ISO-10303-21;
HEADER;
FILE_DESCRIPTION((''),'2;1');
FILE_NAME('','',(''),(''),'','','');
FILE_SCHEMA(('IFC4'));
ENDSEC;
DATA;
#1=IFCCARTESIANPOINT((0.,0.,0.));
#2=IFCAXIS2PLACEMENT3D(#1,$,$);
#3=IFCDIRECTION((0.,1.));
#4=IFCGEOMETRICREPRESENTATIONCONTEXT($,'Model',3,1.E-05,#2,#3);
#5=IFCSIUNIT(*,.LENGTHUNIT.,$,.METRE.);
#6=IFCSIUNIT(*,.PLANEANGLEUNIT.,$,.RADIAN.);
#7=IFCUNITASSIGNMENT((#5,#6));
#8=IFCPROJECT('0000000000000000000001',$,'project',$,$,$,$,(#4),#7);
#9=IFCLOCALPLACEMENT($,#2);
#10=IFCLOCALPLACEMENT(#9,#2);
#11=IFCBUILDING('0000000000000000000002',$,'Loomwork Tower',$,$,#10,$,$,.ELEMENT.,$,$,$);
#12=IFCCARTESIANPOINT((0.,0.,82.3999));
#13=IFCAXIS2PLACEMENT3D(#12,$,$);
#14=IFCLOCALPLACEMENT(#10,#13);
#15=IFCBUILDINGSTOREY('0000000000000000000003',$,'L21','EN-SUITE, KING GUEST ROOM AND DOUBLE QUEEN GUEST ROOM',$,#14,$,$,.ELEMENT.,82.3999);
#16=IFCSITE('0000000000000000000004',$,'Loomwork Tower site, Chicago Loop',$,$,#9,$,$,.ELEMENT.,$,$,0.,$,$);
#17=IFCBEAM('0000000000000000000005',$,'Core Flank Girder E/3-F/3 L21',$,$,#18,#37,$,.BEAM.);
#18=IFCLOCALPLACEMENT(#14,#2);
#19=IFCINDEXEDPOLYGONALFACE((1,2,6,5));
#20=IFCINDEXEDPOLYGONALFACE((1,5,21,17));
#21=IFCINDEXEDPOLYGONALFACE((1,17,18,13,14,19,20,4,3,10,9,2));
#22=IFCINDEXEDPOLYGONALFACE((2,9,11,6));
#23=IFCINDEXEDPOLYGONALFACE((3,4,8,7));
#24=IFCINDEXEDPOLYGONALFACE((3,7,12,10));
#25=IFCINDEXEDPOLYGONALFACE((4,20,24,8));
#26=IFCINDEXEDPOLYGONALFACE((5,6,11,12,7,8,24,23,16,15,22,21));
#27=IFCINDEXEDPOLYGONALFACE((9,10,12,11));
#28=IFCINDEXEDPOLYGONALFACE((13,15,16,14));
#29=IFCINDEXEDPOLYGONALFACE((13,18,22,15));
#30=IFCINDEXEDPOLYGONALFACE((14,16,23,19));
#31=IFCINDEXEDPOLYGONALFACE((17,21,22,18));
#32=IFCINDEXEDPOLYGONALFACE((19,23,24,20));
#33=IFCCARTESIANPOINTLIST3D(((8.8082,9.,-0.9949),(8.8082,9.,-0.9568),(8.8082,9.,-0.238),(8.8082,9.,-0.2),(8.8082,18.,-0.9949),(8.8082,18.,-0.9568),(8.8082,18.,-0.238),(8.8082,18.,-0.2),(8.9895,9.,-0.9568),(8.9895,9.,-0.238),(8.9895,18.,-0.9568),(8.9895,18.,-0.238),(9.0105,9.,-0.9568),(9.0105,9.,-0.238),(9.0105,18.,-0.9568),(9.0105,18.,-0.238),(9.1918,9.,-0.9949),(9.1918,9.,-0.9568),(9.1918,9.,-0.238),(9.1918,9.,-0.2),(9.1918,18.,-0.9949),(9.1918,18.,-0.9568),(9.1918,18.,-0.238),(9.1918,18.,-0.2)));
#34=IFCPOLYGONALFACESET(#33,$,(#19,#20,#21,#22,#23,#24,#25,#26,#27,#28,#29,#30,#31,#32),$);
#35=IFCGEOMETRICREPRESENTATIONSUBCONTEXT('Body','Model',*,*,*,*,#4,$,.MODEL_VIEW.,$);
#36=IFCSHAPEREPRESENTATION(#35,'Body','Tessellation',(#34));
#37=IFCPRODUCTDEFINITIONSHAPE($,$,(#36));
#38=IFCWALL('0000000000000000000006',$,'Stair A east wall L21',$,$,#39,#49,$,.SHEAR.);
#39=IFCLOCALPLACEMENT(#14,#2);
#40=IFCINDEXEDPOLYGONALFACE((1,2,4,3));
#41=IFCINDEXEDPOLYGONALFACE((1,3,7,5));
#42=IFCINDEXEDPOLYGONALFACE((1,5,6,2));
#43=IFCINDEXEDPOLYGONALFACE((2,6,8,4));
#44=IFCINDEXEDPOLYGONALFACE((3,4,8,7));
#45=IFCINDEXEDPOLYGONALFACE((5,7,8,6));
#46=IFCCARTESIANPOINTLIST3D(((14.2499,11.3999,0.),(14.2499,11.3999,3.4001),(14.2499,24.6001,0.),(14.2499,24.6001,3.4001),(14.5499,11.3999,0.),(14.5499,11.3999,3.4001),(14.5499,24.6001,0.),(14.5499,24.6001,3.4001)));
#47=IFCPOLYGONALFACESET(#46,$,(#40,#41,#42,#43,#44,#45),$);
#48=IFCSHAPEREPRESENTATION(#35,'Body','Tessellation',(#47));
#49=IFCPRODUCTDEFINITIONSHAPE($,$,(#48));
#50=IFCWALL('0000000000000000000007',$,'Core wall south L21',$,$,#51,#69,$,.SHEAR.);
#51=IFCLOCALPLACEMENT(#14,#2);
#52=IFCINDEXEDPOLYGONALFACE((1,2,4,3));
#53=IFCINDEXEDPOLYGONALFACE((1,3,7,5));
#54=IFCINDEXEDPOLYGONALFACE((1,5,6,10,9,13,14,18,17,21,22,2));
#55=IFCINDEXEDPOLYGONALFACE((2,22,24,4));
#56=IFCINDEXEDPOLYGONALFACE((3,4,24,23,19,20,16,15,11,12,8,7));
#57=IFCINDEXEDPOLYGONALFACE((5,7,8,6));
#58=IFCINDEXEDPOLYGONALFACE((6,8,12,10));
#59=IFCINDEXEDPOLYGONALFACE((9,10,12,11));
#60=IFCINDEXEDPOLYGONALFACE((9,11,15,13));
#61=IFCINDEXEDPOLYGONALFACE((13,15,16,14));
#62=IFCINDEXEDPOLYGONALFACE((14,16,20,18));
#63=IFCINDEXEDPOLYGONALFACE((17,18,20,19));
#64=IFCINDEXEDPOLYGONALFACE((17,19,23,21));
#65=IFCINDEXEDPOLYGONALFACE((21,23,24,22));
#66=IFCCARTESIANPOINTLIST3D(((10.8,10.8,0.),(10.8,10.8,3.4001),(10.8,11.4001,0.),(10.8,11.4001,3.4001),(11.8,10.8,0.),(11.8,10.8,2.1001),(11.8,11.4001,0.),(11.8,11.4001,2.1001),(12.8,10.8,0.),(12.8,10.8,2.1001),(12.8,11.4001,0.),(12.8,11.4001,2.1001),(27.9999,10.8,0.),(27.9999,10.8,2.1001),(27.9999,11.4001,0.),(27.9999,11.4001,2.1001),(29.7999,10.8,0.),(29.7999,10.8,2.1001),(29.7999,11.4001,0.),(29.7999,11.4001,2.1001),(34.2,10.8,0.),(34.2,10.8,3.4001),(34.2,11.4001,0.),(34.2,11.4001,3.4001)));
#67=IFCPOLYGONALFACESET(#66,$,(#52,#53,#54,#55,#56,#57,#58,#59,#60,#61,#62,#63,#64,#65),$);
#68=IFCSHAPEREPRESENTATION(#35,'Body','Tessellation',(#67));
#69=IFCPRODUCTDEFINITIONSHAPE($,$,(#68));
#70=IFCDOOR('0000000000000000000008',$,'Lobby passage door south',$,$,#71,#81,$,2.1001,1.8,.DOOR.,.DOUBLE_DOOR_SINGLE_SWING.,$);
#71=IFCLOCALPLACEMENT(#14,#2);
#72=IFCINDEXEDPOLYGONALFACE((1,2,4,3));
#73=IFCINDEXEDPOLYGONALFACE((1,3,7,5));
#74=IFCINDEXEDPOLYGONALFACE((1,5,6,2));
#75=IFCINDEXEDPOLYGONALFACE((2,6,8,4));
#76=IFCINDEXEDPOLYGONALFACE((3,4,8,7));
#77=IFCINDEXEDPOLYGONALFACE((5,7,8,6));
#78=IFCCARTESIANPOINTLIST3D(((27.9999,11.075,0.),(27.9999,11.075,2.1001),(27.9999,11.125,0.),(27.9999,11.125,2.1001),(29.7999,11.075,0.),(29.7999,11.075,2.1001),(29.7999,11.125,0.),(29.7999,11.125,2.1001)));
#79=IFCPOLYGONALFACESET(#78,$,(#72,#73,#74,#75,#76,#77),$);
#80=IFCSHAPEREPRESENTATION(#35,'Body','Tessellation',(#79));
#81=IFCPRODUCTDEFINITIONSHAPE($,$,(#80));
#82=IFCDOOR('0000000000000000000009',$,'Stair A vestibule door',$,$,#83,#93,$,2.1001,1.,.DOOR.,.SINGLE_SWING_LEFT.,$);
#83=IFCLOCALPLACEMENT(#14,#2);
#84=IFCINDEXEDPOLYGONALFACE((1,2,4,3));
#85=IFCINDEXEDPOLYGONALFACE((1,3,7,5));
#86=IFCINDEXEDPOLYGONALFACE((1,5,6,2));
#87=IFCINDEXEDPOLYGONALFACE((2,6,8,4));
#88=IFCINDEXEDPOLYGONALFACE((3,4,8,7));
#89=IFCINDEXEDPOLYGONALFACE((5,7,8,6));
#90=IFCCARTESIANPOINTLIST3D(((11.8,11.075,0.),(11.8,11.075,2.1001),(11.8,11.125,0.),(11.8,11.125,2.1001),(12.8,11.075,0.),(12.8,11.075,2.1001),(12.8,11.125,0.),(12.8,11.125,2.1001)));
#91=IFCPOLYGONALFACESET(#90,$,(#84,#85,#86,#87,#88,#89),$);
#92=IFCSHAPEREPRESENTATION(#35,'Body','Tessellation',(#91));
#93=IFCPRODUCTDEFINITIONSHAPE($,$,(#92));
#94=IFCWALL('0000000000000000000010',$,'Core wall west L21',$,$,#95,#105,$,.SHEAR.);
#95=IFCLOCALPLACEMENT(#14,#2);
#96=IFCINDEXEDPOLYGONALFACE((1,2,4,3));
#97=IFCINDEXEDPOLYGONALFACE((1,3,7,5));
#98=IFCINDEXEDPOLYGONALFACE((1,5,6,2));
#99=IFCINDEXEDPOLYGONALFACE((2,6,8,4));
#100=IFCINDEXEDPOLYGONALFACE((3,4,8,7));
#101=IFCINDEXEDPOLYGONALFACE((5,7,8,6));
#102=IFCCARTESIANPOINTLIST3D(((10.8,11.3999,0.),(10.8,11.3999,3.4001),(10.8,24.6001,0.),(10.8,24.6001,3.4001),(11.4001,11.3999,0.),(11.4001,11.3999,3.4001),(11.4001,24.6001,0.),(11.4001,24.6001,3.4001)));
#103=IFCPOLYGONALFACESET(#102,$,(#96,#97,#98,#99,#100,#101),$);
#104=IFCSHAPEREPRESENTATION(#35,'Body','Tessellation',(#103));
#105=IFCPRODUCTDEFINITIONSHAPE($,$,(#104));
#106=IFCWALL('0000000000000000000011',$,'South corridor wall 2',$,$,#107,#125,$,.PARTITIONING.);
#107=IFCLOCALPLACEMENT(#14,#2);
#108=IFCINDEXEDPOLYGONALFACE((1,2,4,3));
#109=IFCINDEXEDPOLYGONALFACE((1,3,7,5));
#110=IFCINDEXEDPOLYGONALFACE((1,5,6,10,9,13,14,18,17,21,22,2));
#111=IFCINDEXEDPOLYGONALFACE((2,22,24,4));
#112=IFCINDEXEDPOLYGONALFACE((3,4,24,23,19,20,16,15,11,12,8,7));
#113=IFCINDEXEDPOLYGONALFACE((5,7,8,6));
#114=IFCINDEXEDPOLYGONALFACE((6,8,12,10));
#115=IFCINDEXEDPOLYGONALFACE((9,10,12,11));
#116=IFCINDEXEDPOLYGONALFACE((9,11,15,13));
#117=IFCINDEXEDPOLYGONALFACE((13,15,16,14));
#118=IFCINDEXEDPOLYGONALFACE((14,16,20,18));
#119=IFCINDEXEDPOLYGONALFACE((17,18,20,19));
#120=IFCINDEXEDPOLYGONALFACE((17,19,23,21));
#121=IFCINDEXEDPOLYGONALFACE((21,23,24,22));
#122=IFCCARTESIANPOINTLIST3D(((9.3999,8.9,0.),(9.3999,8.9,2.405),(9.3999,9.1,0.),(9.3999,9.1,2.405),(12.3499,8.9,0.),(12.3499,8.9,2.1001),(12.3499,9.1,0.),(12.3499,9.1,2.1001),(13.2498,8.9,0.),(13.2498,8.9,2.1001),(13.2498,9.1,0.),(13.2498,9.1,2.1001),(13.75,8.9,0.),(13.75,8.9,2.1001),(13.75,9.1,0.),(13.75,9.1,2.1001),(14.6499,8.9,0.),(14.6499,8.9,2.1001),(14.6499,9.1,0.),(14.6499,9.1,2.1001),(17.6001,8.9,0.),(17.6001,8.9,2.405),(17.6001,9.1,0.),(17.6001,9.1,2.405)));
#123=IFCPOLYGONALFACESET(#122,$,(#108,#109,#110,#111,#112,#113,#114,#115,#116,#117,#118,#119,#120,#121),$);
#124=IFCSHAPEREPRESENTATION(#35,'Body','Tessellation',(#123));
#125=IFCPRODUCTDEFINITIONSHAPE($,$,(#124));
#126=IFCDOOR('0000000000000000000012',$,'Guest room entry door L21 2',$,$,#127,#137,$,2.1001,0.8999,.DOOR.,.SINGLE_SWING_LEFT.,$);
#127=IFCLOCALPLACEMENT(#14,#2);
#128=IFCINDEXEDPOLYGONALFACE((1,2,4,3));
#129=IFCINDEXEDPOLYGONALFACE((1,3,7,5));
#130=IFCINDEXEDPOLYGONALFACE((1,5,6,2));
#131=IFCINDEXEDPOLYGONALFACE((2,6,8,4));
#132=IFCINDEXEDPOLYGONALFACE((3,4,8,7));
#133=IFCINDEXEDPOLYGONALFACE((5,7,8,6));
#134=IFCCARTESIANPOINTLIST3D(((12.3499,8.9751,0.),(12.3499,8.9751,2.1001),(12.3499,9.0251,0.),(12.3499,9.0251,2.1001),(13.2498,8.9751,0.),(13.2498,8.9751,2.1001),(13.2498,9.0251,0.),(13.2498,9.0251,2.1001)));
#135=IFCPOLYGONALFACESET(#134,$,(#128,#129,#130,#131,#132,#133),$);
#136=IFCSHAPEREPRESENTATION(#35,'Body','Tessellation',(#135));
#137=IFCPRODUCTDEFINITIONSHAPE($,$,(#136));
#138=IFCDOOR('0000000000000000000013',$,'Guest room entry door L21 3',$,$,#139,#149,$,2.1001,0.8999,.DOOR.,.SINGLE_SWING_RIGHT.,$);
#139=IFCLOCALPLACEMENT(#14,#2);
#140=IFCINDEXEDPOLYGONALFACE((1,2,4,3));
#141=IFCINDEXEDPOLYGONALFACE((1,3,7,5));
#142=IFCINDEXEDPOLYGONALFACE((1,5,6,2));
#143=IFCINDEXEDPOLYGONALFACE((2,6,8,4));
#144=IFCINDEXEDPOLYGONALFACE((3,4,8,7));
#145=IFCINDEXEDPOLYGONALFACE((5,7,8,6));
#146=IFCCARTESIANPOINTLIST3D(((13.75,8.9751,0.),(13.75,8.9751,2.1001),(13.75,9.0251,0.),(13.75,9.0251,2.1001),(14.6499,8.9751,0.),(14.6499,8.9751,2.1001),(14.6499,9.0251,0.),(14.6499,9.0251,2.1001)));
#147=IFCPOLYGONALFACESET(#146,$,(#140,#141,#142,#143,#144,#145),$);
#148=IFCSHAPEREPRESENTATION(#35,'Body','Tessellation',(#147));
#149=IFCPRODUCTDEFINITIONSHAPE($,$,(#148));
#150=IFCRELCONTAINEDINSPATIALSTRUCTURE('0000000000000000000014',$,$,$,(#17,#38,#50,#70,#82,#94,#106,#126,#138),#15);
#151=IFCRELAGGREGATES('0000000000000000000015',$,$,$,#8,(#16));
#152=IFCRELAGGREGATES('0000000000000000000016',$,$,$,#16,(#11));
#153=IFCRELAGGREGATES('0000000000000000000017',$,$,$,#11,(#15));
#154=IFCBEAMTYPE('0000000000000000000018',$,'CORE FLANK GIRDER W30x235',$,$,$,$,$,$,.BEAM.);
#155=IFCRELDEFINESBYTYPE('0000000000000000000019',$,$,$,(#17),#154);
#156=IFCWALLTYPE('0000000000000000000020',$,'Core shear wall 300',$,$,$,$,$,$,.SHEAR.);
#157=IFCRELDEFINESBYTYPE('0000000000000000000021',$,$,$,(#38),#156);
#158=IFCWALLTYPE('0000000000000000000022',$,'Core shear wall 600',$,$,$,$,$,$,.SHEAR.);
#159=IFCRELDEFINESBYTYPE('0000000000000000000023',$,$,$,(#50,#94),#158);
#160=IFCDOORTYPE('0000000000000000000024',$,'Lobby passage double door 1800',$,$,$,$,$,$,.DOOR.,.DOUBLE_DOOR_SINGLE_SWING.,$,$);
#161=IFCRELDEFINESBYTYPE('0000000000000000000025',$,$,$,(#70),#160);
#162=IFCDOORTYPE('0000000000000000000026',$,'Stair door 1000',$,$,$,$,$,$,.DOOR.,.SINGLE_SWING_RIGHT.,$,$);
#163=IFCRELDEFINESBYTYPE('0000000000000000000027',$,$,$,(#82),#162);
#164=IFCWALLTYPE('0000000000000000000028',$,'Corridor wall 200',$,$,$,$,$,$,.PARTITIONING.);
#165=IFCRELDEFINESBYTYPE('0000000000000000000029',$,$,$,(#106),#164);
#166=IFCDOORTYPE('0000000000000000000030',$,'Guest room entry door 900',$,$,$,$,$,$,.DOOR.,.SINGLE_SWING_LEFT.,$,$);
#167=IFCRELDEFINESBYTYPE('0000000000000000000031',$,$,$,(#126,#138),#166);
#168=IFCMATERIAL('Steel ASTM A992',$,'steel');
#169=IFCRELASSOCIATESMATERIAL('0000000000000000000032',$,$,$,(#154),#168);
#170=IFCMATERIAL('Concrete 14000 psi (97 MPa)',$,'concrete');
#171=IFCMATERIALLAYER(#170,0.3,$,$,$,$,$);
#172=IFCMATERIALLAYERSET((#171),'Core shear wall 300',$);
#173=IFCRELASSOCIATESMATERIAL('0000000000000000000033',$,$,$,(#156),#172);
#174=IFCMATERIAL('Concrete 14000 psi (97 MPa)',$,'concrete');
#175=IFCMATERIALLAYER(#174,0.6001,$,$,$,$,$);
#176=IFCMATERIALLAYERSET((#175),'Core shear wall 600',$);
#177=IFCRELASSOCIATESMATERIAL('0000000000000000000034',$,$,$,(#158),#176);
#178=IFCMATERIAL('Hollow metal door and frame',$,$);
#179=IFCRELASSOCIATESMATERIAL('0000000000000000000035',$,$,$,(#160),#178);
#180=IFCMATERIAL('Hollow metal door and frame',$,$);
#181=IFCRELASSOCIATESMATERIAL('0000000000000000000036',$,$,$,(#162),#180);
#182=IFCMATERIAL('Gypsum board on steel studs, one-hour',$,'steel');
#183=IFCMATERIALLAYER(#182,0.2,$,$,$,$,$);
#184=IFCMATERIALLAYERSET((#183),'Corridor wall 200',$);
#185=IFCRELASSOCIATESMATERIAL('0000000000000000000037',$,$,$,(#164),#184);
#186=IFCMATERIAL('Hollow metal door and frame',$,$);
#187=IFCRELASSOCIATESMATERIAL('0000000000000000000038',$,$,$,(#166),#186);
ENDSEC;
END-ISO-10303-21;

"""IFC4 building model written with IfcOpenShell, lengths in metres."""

from ifc_helpers import new_model, si_unit, direction, frame, frame_2d, origin, origin_2d, place, context, subcontext, project, spatial, rectangle, i_section, extrude, material, layer, layer_set, material_profile, profile_set, type_object, element, fill, save


model = new_model("IFC4")

# Units and contexts
model_context = context("Model", 3, precision=1e-05, world=origin(), true_north=direction((0.0, 1.0)))
body_context = subcontext(model_context, "Body", "Model", "MODEL_VIEW")
ifc_project = project(units=[si_unit("LENGTHUNIT", "METRE"), si_unit("PLANEANGLEUNIT", "RADIAN")], contexts=[model_context])

# Site, building, storey
site_placement = place(None, origin())
site = spatial("IfcSite", under=ifc_project, at=site_placement, Name="Loomwork Tower site, Chicago Loop", CompositionType="ELEMENT", RefElevation=0.0)
building_placement = place(site_placement, origin())
building = spatial("IfcBuilding", under=site, at=building_placement, Name="Loomwork Tower", CompositionType="ELEMENT")
storey_placement = place(building_placement, frame((0.0, 0.0, 82.3999)))
storey = spatial("IfcBuildingStorey", under=building, at=storey_placement, Name="L21", Description="EN-SUITE, KING GUEST ROOM AND DOUBLE QUEEN GUEST ROOM", CompositionType="ELEMENT", Elevation=82.3999)

# Beam
ifc_material_1 = material(Name="Steel ASTM A992", Category="steel")
ifc_material_profile = material_profile(ifc_material_1, i_section(OverallWidth=0.3835, OverallDepth=0.7949, WebThickness=0.021, FlangeThickness=0.0381, at=origin_2d()), Name="W30x235")
ifc_profile_set = profile_set([ifc_material_profile], Name="Steel ASTM A992")
beam_type = type_object("IfcBeamType", Name="CORE FLANK GIRDER W30x235", PredefinedType="BEAM", material=ifc_profile_set)
beam_placement = place(storey_placement, frame((9.0, 9.0, -0.5974), z_axis=(0.0, 1.0, 0.0), x_axis=(-1.0, 0.0, 0.0)))
element("IfcBeam", 1, at=beam_placement, inside=storey, type_object=beam_type, Name="Core Flank Girder E/3-F/3 L21", PredefinedType="BEAM", context=body_context, shape_type="SweptSolid", body=[
    extrude(i_section(OverallWidth=0.3835, OverallDepth=0.7949, WebThickness=0.021, FlangeThickness=0.0381, at=origin_2d()), origin(), (0.0, 0.0, 1.0), 9.0),
])

# Wall
ifc_material_2 = material(Name="Concrete 14000 psi (97 MPa)", Category="concrete")
ifc_layer_1 = layer(ifc_material_2, 0.3)
ifc_layer_set_1 = layer_set([ifc_layer_1], Name="Core shear wall 300")
wall_type_1 = type_object("IfcWallType", Name="Core shear wall 300", PredefinedType="SHEAR", material=ifc_layer_set_1)
wall_1_placement = place(storey_placement, frame((14.3999, 11.3999, 0.0), z_axis=(0.0, 0.0, 1.0), x_axis=(0.0, 1.0, 0.0)))
element("IfcWall", 2, at=wall_1_placement, inside=storey, type_object=wall_type_1, Name="Stair A east wall L21", PredefinedType="SHEAR", context=body_context, shape_type="SweptSolid", body=[
    extrude(rectangle(XDim=13.2002, YDim=0.3, at=frame_2d((6.6001, 0.0))), origin(), (0.0, 0.0, 1.0), 3.4001),
])

# Wall, openings, doors
ifc_material_3 = material(Name="Concrete 14000 psi (97 MPa)", Category="concrete")
ifc_layer_2 = layer(ifc_material_3, 0.6001)
ifc_layer_set_2 = layer_set([ifc_layer_2], Name="Core shear wall 600")
wall_type_2 = type_object("IfcWallType", Name="Core shear wall 600", PredefinedType="SHEAR", material=ifc_layer_set_2)
wall_2_placement = place(storey_placement, frame((10.8, 11.1001, 0.0), z_axis=(0.0, 0.0, 1.0), x_axis=(1.0, 0.0, 0.0)))
wall_2 = element("IfcWall", 3, at=wall_2_placement, inside=storey, type_object=wall_type_2, Name="Core wall south L21", PredefinedType="SHEAR", context=body_context, shape_type="SweptSolid", body=[
    extrude(rectangle(XDim=23.3999, YDim=0.6001, at=frame_2d((11.7, 0.0))), origin(), (0.0, 0.0, 1.0), 3.4001),
])
opening_1_placement = place(wall_2_placement, frame((1.0, 0.0, 0.0)))
opening_1 = element("IfcOpeningElement", 4, at=opening_1_placement, cuts=wall_2, PredefinedType="OPENING", context=body_context, shape_type="SweptSolid", body=[
    extrude(rectangle(XDim=1.0, YDim=2.1001, at=frame_2d((0.5, 1.05))), frame((0.0, 0.3101, 0.0), z_axis=(0.0, -1.0, 0.0), x_axis=(1.0, 0.0, 0.0)), (0.0, 0.0, 1.0), 0.6201),
])
opening_2_placement = place(wall_2_placement, frame((17.2, 0.0, 0.0)))
opening_2 = element("IfcOpeningElement", 5, at=opening_2_placement, cuts=wall_2, PredefinedType="OPENING", context=body_context, shape_type="SweptSolid", body=[
    extrude(rectangle(XDim=1.8, YDim=2.1001, at=frame_2d((0.8999, 1.05))), frame((0.0, 0.3101, 0.0), z_axis=(0.0, -1.0, 0.0), x_axis=(1.0, 0.0, 0.0)), (0.0, 0.0, 1.0), 0.6201),
])
ifc_material_4 = material(Name="Hollow metal door and frame")
door_type_1 = type_object("IfcDoorType", Name="Lobby passage double door 1800", OperationType="DOUBLE_DOOR_SINGLE_SWING", PredefinedType="DOOR", material=ifc_material_4)
door_1_placement = place(opening_2_placement, origin())
door_1 = element("IfcDoor", 6, at=door_1_placement, inside=storey, type_object=door_type_1, Name="Lobby passage door south", OperationType="DOUBLE_DOOR_SINGLE_SWING", OverallHeight=2.1001, OverallWidth=1.8, PredefinedType="DOOR", context=body_context, shape_type="SweptSolid", body=[
    extrude(rectangle(XDim=1.8, YDim=2.1001, at=frame_2d((0.8999, 1.05))), frame((0.0, 0.0249, 0.0), z_axis=(0.0, -1.0, 0.0), x_axis=(1.0, 0.0, 0.0)), (0.0, 0.0, 1.0), 0.05),
])
fill(opening_2, door_1)
ifc_material_5 = material(Name="Hollow metal door and frame")
door_type_2 = type_object("IfcDoorType", Name="Stair door 1000", OperationType="SINGLE_SWING_RIGHT", PredefinedType="DOOR", material=ifc_material_5)
door_2_placement = place(opening_1_placement, origin())
door_2 = element("IfcDoor", 7, at=door_2_placement, inside=storey, type_object=door_type_2, Name="Stair A vestibule door", OperationType="SINGLE_SWING_LEFT", OverallHeight=2.1001, OverallWidth=1.0, PredefinedType="DOOR", context=body_context, shape_type="SweptSolid", body=[
    extrude(rectangle(XDim=1.0, YDim=2.1001, at=frame_2d((0.5, 1.05))), frame((0.0, 0.0249, 0.0), z_axis=(0.0, -1.0, 0.0), x_axis=(1.0, 0.0, 0.0)), (0.0, 0.0, 1.0), 0.05),
])
fill(opening_1, door_2)

# Wall
wall_3_placement = place(storey_placement, frame((11.1001, 11.3999, 0.0), z_axis=(0.0, 0.0, 1.0), x_axis=(0.0, 1.0, 0.0)))
element("IfcWall", 8, at=wall_3_placement, inside=storey, type_object=wall_type_2, Name="Core wall west L21", PredefinedType="SHEAR", context=body_context, shape_type="SweptSolid", body=[
    extrude(rectangle(XDim=13.2002, YDim=0.6001, at=frame_2d((6.6001, 0.0))), origin(), (0.0, 0.0, 1.0), 3.4001),
])

# Wall, openings, doors
ifc_material_6 = material(Name="Gypsum board on steel studs, one-hour", Category="steel")
ifc_layer_3 = layer(ifc_material_6, 0.2)
ifc_layer_set_3 = layer_set([ifc_layer_3], Name="Corridor wall 200")
wall_type_3 = type_object("IfcWallType", Name="Corridor wall 200", PredefinedType="PARTITIONING", material=ifc_layer_set_3)
wall_4_placement = place(storey_placement, frame((9.3999, 9.0, 0.0), z_axis=(0.0, 0.0, 1.0), x_axis=(1.0, 0.0, 0.0)))
wall_4 = element("IfcWall", 9, at=wall_4_placement, inside=storey, type_object=wall_type_3, Name="South corridor wall 2", PredefinedType="PARTITIONING", context=body_context, shape_type="SweptSolid", body=[
    extrude(rectangle(XDim=8.2002, YDim=0.2, at=frame_2d((4.1001, 0.0))), origin(), (0.0, 0.0, 1.0), 2.405),
])
opening_3_placement = place(wall_4_placement, frame((2.95, 0.0, 0.0)))
opening_3 = element("IfcOpeningElement", 10, at=opening_3_placement, cuts=wall_4, PredefinedType="OPENING", context=body_context, shape_type="SweptSolid", body=[
    extrude(rectangle(XDim=0.8999, YDim=2.1001, at=frame_2d((0.45, 1.05))), frame((0.0, 0.1099, 0.0), z_axis=(0.0, -1.0, 0.0), x_axis=(1.0, 0.0, 0.0)), (0.0, 0.0, 1.0), 0.22),
])
opening_4_placement = place(wall_4_placement, frame((4.3501, 0.0, 0.0)))
opening_4 = element("IfcOpeningElement", 11, at=opening_4_placement, cuts=wall_4, PredefinedType="OPENING", context=body_context, shape_type="SweptSolid", body=[
    extrude(rectangle(XDim=0.8999, YDim=2.1001, at=frame_2d((0.45, 1.05))), frame((0.0, 0.1099, 0.0), z_axis=(0.0, -1.0, 0.0), x_axis=(1.0, 0.0, 0.0)), (0.0, 0.0, 1.0), 0.22),
])
ifc_material_7 = material(Name="Hollow metal door and frame")
door_type_3 = type_object("IfcDoorType", Name="Guest room entry door 900", OperationType="SINGLE_SWING_LEFT", PredefinedType="DOOR", material=ifc_material_7)
door_3_placement = place(opening_3_placement, frame((0.8999, 0.0, 0.0), z_axis=(0.0, 0.0, 1.0), x_axis=(-1.0, 0.0, 0.0)))
door_3 = element("IfcDoor", 12, at=door_3_placement, inside=storey, type_object=door_type_3, Name="Guest room entry door L21 2", OperationType="SINGLE_SWING_LEFT", OverallHeight=2.1001, OverallWidth=0.8999, PredefinedType="DOOR", context=body_context, shape_type="SweptSolid", body=[
    extrude(rectangle(XDim=0.8999, YDim=2.1001, at=frame_2d((0.45, 1.05))), frame((0.0, 0.0249, 0.0), z_axis=(0.0, -1.0, 0.0), x_axis=(1.0, 0.0, 0.0)), (0.0, 0.0, 1.0), 0.05),
])
fill(opening_3, door_3)
door_4_placement = place(opening_4_placement, frame((0.8999, 0.0, 0.0), z_axis=(0.0, 0.0, 1.0), x_axis=(-1.0, 0.0, 0.0)))
door_4 = element("IfcDoor", 13, at=door_4_placement, inside=storey, type_object=door_type_3, Name="Guest room entry door L21 3", OperationType="SINGLE_SWING_RIGHT", OverallHeight=2.1001, OverallWidth=0.8999, PredefinedType="DOOR", context=body_context, shape_type="SweptSolid", body=[
    extrude(rectangle(XDim=0.8999, YDim=2.1001, at=frame_2d((0.45, 1.05))), frame((0.0, 0.0249, 0.0), z_axis=(0.0, -1.0, 0.0), x_axis=(1.0, 0.0, 0.0)), (0.0, 0.0, 1.0), 0.05),
])
fill(opening_4, door_4)

save(model, "model.ifc")
